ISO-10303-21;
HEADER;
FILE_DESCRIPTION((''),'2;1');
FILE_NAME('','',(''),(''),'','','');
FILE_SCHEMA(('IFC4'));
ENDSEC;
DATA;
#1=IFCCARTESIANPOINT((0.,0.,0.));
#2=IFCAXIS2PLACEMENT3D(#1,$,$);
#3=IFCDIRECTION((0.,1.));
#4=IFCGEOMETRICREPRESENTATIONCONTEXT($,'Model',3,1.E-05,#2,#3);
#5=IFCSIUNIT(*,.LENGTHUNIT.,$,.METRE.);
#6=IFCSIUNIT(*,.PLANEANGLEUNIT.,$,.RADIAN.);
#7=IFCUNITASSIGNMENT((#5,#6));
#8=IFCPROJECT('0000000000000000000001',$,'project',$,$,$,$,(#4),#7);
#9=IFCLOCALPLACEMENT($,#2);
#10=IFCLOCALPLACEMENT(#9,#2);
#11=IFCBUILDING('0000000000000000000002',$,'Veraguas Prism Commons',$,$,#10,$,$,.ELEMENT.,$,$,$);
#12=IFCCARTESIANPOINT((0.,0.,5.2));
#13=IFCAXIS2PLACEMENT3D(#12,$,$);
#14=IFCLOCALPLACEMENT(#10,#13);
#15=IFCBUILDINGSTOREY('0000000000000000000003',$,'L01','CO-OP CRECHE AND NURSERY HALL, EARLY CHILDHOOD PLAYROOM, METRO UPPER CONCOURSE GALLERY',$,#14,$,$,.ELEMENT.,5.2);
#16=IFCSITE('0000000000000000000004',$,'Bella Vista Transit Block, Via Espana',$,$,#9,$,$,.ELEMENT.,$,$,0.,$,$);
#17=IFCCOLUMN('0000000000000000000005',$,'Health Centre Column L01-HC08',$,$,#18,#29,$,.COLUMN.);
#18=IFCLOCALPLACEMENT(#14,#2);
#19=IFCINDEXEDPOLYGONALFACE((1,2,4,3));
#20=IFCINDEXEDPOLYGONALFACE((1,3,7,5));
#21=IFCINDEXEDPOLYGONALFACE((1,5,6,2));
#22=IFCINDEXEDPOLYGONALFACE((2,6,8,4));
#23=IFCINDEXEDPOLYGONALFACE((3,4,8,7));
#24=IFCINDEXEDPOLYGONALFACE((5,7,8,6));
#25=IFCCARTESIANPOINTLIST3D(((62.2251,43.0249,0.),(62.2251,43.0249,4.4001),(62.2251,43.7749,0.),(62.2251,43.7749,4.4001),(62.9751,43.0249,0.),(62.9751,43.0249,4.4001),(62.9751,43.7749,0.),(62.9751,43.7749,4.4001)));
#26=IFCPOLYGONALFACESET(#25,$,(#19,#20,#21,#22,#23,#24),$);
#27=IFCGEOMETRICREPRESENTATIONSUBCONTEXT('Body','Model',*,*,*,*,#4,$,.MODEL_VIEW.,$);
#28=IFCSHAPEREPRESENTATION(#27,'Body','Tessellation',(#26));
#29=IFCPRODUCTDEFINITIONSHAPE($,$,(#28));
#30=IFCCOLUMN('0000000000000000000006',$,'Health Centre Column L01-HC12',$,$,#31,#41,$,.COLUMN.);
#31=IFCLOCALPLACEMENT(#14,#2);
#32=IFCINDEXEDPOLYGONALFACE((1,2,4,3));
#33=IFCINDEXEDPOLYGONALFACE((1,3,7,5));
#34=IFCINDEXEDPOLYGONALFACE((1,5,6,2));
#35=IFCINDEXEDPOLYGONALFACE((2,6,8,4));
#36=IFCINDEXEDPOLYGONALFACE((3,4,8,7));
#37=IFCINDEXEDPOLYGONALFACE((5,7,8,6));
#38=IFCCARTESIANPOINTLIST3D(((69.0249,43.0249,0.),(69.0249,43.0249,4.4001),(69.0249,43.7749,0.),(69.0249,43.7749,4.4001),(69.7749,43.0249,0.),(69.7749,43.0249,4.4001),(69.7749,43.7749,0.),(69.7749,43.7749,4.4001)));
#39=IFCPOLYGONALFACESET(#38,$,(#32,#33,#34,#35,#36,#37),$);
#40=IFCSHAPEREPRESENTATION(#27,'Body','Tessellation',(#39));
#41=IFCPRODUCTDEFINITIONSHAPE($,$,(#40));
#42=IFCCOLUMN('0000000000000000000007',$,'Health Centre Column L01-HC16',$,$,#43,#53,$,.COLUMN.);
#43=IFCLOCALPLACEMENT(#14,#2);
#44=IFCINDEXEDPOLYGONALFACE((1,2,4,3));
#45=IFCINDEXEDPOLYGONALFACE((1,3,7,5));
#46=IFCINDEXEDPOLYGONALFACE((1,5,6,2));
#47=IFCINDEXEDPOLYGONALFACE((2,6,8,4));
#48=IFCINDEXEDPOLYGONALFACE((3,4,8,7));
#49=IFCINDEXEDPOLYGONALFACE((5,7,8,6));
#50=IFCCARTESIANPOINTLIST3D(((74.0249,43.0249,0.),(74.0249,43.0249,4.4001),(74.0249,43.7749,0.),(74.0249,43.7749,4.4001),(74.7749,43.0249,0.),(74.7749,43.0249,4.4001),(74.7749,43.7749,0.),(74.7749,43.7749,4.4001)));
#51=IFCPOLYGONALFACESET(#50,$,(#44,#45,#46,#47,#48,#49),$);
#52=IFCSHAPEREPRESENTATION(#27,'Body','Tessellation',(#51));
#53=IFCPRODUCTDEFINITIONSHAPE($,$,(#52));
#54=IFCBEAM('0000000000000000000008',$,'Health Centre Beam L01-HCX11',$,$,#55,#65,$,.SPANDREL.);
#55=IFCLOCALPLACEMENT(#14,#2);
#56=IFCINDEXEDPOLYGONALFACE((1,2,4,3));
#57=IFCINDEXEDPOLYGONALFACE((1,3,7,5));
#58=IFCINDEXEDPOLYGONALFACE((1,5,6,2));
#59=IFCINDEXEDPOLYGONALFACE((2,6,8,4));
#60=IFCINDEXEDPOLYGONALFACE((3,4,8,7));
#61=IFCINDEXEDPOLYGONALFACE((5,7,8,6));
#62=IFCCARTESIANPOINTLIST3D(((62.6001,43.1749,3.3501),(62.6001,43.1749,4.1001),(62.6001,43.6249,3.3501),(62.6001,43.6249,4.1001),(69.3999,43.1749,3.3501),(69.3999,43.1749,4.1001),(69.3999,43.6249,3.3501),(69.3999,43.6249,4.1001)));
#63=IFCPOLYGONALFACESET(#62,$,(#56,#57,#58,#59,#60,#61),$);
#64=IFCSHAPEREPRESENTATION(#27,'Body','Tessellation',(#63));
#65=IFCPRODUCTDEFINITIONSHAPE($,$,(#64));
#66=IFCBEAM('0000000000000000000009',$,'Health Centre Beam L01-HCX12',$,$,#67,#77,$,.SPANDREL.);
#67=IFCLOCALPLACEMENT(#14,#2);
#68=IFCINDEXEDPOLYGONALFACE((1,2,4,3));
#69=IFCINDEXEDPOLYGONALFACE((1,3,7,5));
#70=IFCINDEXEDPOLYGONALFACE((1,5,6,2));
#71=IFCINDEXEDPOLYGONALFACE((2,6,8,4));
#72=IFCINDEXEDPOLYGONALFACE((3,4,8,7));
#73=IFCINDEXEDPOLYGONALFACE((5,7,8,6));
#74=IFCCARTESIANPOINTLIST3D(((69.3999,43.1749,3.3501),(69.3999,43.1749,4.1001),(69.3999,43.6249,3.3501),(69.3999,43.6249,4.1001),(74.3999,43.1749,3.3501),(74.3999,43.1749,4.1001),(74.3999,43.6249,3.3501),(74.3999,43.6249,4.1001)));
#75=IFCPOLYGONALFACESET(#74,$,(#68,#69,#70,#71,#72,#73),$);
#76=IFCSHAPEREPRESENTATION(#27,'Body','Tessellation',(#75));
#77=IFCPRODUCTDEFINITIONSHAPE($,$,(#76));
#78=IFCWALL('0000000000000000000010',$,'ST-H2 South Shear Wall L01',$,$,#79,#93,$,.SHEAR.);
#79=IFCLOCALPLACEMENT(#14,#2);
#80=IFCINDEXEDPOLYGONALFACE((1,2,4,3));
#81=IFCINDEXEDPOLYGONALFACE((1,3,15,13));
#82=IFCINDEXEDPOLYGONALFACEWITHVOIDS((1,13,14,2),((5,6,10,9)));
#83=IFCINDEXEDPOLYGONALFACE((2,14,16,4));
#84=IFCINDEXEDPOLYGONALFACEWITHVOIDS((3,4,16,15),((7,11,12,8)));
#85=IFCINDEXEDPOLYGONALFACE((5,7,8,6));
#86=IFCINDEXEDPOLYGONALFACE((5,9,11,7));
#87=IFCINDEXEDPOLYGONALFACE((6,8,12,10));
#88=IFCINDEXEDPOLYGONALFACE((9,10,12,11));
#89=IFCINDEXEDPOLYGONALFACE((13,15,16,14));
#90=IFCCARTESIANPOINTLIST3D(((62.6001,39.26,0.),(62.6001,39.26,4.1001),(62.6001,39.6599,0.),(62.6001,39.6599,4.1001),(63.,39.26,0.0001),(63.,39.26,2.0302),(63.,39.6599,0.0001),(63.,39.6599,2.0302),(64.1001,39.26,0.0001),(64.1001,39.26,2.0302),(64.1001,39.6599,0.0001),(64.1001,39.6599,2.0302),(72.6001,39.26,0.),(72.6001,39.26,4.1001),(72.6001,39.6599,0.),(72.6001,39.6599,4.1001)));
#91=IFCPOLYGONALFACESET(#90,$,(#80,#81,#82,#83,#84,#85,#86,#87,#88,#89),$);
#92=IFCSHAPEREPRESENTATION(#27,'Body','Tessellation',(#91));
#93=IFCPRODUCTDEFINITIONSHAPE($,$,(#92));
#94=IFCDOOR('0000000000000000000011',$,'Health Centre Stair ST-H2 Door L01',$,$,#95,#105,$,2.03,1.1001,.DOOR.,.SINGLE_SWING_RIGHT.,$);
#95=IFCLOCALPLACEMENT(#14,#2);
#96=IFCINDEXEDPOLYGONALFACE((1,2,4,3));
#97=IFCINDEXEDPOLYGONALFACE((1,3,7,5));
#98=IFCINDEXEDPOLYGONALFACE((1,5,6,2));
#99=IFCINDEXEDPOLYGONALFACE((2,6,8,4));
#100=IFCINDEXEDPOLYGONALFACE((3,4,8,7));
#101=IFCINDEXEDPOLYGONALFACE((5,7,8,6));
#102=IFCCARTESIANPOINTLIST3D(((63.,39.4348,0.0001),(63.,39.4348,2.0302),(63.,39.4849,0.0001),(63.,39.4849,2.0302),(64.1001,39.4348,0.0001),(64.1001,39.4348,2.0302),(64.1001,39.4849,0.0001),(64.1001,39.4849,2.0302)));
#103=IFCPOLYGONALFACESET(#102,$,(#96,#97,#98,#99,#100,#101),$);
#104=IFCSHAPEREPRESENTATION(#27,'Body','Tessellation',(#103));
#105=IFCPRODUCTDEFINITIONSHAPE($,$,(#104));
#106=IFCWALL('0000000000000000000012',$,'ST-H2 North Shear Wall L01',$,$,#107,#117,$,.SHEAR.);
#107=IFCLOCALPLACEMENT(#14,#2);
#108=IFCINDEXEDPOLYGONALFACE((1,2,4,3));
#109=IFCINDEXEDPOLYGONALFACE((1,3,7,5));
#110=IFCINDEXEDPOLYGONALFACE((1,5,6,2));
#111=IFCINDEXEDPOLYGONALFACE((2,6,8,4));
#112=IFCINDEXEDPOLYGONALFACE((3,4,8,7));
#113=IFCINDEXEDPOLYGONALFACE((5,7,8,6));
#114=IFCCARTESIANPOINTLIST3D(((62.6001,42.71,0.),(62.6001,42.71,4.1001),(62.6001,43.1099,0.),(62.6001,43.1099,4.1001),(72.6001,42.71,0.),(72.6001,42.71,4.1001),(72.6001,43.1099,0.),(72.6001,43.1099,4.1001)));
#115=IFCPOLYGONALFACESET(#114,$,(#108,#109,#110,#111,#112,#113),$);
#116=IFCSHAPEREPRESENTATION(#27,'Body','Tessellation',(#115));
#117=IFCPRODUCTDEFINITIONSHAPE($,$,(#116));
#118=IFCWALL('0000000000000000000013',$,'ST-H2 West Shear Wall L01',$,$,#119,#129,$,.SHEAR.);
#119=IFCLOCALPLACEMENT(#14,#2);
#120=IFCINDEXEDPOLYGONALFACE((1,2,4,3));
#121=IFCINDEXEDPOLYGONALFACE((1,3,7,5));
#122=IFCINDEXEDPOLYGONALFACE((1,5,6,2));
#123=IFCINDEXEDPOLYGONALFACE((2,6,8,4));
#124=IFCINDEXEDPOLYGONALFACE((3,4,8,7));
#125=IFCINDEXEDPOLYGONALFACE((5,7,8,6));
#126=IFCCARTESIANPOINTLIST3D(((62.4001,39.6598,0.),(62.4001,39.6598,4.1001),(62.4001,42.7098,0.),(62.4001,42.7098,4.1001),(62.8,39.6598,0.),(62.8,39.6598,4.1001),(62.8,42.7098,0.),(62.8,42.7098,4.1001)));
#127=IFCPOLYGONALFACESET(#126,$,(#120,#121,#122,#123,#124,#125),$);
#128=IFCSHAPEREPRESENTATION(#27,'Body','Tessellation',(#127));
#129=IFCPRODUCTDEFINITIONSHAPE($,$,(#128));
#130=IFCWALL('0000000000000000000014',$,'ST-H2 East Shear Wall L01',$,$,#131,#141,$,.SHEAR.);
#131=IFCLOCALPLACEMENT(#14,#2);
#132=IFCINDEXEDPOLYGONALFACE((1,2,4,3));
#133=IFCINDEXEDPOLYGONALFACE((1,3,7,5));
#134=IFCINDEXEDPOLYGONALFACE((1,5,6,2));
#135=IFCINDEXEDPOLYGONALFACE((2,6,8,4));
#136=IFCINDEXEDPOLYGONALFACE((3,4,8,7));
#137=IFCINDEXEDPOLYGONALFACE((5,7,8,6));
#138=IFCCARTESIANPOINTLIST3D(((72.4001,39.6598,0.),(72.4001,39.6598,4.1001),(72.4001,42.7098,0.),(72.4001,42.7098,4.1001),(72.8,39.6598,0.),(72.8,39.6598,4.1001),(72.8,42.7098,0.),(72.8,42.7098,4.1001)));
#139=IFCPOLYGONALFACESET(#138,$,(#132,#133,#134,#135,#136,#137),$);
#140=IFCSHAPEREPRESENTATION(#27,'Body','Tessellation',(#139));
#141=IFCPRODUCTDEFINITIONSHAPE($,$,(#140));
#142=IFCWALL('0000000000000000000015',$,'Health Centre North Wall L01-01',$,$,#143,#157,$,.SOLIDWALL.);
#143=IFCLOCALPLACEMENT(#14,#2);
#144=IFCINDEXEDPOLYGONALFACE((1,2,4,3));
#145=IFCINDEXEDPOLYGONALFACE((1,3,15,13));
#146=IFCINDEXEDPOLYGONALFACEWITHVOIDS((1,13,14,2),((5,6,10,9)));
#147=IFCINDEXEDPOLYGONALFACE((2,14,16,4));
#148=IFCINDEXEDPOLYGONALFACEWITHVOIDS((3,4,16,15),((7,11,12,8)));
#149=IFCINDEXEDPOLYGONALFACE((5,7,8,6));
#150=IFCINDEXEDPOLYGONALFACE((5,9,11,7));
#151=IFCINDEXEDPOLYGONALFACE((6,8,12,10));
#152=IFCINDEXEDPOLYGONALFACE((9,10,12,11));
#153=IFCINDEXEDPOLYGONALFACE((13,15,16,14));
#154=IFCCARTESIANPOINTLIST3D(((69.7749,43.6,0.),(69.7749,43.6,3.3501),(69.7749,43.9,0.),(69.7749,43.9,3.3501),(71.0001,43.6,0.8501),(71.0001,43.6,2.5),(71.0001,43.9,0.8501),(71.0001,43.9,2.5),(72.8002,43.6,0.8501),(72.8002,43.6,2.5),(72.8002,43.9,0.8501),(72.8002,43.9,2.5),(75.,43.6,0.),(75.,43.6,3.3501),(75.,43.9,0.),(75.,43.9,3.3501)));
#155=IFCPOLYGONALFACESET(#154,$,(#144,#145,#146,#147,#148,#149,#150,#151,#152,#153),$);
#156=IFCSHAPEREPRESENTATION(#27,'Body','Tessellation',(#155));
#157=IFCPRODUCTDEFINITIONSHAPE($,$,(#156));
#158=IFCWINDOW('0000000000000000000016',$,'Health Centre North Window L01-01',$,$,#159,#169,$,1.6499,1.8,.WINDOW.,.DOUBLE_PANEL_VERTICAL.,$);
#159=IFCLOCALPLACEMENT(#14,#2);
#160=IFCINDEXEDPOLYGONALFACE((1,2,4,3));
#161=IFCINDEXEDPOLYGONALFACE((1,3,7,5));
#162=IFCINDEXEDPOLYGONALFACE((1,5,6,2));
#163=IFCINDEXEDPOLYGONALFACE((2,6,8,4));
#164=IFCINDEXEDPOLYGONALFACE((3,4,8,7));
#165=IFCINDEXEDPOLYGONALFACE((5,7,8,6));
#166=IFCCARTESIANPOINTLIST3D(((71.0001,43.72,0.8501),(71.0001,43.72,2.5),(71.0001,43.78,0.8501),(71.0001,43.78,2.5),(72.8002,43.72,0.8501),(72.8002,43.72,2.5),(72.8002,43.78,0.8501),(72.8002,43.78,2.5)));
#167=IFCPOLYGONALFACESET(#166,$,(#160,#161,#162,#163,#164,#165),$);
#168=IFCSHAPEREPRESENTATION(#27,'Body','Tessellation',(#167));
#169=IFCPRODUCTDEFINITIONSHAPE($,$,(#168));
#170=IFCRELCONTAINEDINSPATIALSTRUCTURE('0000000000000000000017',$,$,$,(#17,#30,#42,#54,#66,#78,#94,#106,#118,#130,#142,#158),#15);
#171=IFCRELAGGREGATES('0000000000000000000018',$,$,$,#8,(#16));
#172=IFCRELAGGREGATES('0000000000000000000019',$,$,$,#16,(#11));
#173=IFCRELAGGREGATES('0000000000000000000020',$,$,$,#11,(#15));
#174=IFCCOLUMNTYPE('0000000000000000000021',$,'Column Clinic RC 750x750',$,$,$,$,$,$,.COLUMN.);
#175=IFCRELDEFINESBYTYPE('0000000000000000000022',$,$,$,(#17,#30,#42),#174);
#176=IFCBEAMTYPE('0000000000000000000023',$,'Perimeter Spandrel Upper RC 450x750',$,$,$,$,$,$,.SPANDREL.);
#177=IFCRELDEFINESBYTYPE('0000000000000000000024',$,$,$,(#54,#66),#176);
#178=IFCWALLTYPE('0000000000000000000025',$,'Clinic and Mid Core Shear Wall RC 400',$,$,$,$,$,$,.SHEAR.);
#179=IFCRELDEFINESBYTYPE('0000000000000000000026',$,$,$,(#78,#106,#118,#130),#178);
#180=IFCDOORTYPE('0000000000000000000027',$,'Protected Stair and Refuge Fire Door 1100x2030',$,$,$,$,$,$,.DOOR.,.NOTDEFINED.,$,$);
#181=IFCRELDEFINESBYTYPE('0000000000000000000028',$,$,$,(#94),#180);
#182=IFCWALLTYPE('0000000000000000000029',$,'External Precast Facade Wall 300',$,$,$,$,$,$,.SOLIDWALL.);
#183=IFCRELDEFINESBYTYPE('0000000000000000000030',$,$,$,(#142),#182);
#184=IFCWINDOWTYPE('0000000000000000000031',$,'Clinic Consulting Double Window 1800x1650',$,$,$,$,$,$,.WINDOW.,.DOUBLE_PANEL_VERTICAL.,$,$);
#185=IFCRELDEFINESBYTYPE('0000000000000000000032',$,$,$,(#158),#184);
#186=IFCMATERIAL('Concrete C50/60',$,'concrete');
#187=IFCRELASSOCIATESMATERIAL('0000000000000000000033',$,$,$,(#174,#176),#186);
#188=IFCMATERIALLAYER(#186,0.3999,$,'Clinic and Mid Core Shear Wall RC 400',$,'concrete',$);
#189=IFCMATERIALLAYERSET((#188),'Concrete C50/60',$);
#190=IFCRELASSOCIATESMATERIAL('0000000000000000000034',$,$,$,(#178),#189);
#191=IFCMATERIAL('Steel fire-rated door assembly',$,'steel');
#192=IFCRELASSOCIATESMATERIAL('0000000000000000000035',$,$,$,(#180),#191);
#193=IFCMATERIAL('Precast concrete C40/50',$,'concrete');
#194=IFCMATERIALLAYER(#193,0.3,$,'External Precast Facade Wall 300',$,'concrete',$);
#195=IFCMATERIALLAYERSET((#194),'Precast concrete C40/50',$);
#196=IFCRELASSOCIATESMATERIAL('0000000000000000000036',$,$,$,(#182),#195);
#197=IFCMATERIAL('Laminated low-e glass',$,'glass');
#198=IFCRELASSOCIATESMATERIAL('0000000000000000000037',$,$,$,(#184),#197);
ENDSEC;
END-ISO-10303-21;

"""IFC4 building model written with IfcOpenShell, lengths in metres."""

from ifc_helpers import new_model, si_unit, direction, frame, frame_2d, origin, origin_2d, place, context, subcontext, project, spatial, rectangle, extrude, source, transform, mapped, material, layer, layer_set, material_profile, profile_set, type_object, element, fill, save


model = new_model("IFC4")

# Units and contexts
model_context = context("Model", 3, precision=1e-05, world=origin(), true_north=direction((0.0, 1.0)))
body_context = subcontext(model_context, "Body", "Model", "MODEL_VIEW")
ifc_project = project(units=[si_unit("LENGTHUNIT", "METRE"), si_unit("PLANEANGLEUNIT", "RADIAN")], contexts=[model_context])

# Site, building, storey
site_placement = place(None, origin())
site = spatial("IfcSite", under=ifc_project, at=site_placement, Name="Bella Vista Transit Block, Via Espana", CompositionType="ELEMENT", RefElevation=0.0)
building_placement = place(site_placement, origin())
building = spatial("IfcBuilding", under=site, at=building_placement, Name="Veraguas Prism Commons", CompositionType="ELEMENT")
storey_placement = place(building_placement, frame((0.0, 0.0, 5.2)))
storey = spatial("IfcBuildingStorey", under=building, at=storey_placement, Name="L01", Description="CO-OP CRECHE AND NURSERY HALL, EARLY CHILDHOOD PLAYROOM, METRO UPPER CONCOURSE GALLERY", CompositionType="ELEMENT", Elevation=5.2)

# Columns
ifc_material_1 = material(Name="Concrete C50/60", Category="concrete")
ifc_material_profile_1 = material_profile(ifc_material_1, rectangle(XDim=0.75, YDim=0.75, at=origin_2d()), Name="RC750X750")
ifc_profile_set_1 = profile_set([ifc_material_profile_1], Name="Concrete C50/60")
column_type = type_object("IfcColumnType", Name="Column Clinic RC 750x750", PredefinedType="COLUMN", material=ifc_profile_set_1)
for number, where, z_axis, x_axis, name in (
    (1, (62.6001, 43.3999, 0.0), (0.0, 0.0, 1.0), (1.0, 0.0, 0.0), "Health Centre Column L01-HC08"),
    (2, (69.3999, 43.3999, 0.0), (0.0, 0.0, 1.0), (1.0, 0.0, 0.0), "Health Centre Column L01-HC12"),
    (3, (74.3999, 43.3999, 0.0), (0.0, 0.0, 1.0), (1.0, 0.0, 0.0), "Health Centre Column L01-HC16"),
):
    element("IfcColumn", number, at=place(storey_placement, frame(where, z_axis=z_axis, x_axis=x_axis)), inside=storey, type_object=column_type, Name=name, PredefinedType="COLUMN", context=body_context, shape_type="SweptSolid", body=[
        extrude(rectangle(XDim=0.75, YDim=0.75, at=origin_2d()), origin(), (0.0, 0.0, 1.0), 4.4001),
    ])

# Beams
ifc_material_profile_2 = material_profile(ifc_material_1, rectangle(XDim=0.45, YDim=0.75, at=origin_2d()), Name="RC450X750")
ifc_profile_set_2 = profile_set([ifc_material_profile_2], Name="Concrete C50/60")
beam_type = type_object("IfcBeamType", Name="Perimeter Spandrel Upper RC 450x750", PredefinedType="SPANDREL", material=ifc_profile_set_2)
beam_1_placement = place(storey_placement, frame((62.6001, 43.3999, 3.7251), z_axis=(1.0, 0.0, 0.0), x_axis=(0.0, 1.0, 0.0)))
element("IfcBeam", 4, at=beam_1_placement, inside=storey, type_object=beam_type, Name="Health Centre Beam L01-HCX11", PredefinedType="SPANDREL", context=body_context, shape_type="SweptSolid", body=[
    extrude(rectangle(XDim=0.45, YDim=0.75, at=origin_2d()), origin(), (0.0, 0.0, 1.0), 6.7998),
])
beam_2_placement = place(storey_placement, frame((69.3999, 43.3999, 3.7251), z_axis=(1.0, 0.0, 0.0), x_axis=(0.0, 1.0, 0.0)))
element("IfcBeam", 5, at=beam_2_placement, inside=storey, type_object=beam_type, Name="Health Centre Beam L01-HCX12", PredefinedType="SPANDREL", context=body_context, shape_type="SweptSolid", body=[
    extrude(rectangle(XDim=0.45, YDim=0.75, at=origin_2d()), origin(), (0.0, 0.0, 1.0), 5.0),
])

# Wall, opening, door
ifc_layer_1 = layer(ifc_material_1, 0.3999, Name="Clinic and Mid Core Shear Wall RC 400", Category="concrete")
ifc_layer_set_1 = layer_set([ifc_layer_1], Name="Concrete C50/60")
wall_type_1 = type_object("IfcWallType", Name="Clinic and Mid Core Shear Wall RC 400", PredefinedType="SHEAR", material=ifc_layer_set_1)
wall_1_placement = place(storey_placement, frame((62.6001, 39.46, 0.0), z_axis=(0.0, 0.0, 1.0), x_axis=(1.0, 0.0, 0.0)))
wall_1 = element("IfcWall", 6, at=wall_1_placement, inside=storey, type_object=wall_type_1, Name="ST-H2 South Shear Wall L01", PredefinedType="SHEAR", context=body_context, shape_type="SweptSolid", body=[
    extrude(rectangle(XDim=10.0, YDim=0.3999, at=frame_2d((5.0, 0.0))), origin(), (0.0, 0.0, 1.0), 4.1001),
])
opening_1_placement = place(wall_1_placement, frame((0.3999, 0.0, 0.0)))
opening_1 = element("IfcOpeningElement", 7, at=opening_1_placement, cuts=wall_1, PredefinedType="OPENING", context=body_context, shape_type="SweptSolid", body=[
    extrude(rectangle(XDim=1.1001, YDim=2.03, at=frame_2d((0.55, 1.0151))), frame((0.0, 0.21, 0.0), z_axis=(0.0, -1.0, 0.0), x_axis=(1.0, 0.0, 0.0)), (0.0, 0.0, 1.0), 0.4199),
])
ifc_material_2 = material(Name="Steel fire-rated door assembly", Category="steel")
door_type = type_object("IfcDoorType", Name="Protected Stair and Refuge Fire Door 1100x2030", OperationType="NOTDEFINED", PredefinedType="DOOR", material=ifc_material_2)
shared_shape_1 = source(origin(), body_context, "Body", "SweptSolid", [
    extrude(rectangle(XDim=1.1001, YDim=2.03, at=frame_2d((0.55, 1.0151))), frame((0.0, 0.0249, 0.0), z_axis=(0.0, -1.0, 0.0), x_axis=(1.0, 0.0, 0.0)), (0.0, 0.0, 1.0), 0.05),
])
door_placement = place(opening_1_placement, origin())
door = element("IfcDoor", 8, at=door_placement, inside=storey, type_object=door_type, Name="Health Centre Stair ST-H2 Door L01", OperationType="SINGLE_SWING_RIGHT", OverallHeight=2.03, OverallWidth=1.1001, PredefinedType="DOOR", context=body_context, shape_type="MappedRepresentation", body=[
    mapped(shared_shape_1, transform((0.0, 0.0, 0.0), scale=1.0)),
])
fill(opening_1, door)

# Walls
wall_2_placement = place(storey_placement, frame((62.6001, 42.9099, 0.0), z_axis=(0.0, 0.0, 1.0), x_axis=(1.0, 0.0, 0.0)))
element("IfcWall", 9, at=wall_2_placement, inside=storey, type_object=wall_type_1, Name="ST-H2 North Shear Wall L01", PredefinedType="SHEAR", context=body_context, shape_type="SweptSolid", body=[
    extrude(rectangle(XDim=10.0, YDim=0.3999, at=frame_2d((5.0, 0.0))), origin(), (0.0, 0.0, 1.0), 4.1001),
])
for number, where, z_axis, x_axis, name in (
    (10, (62.6001, 39.6599, 0.0), (0.0, 0.0, 1.0), (0.0, 1.0, 0.0), "ST-H2 West Shear Wall L01"),
    (11, (72.6001, 39.6599, 0.0), (0.0, 0.0, 1.0), (0.0, 1.0, 0.0), "ST-H2 East Shear Wall L01"),
):
    element("IfcWall", number, at=place(storey_placement, frame(where, z_axis=z_axis, x_axis=x_axis)), inside=storey, type_object=wall_type_1, Name=name, PredefinedType="SHEAR", context=body_context, shape_type="SweptSolid", body=[
        extrude(rectangle(XDim=3.05, YDim=0.3999, at=frame_2d((1.5249, 0.0))), origin(), (0.0, 0.0, 1.0), 4.1001),
    ])

# Wall, opening, window
ifc_material_3 = material(Name="Precast concrete C40/50", Category="concrete")
ifc_layer_2 = layer(ifc_material_3, 0.3, Name="External Precast Facade Wall 300", Category="concrete")
ifc_layer_set_2 = layer_set([ifc_layer_2], Name="Precast concrete C40/50")
wall_type_2 = type_object("IfcWallType", Name="External Precast Facade Wall 300", PredefinedType="SOLIDWALL", material=ifc_layer_set_2)
wall_3_placement = place(storey_placement, frame((75.0, 43.75, 0.0), z_axis=(0.0, 0.0, 1.0), x_axis=(-1.0, 0.0, 0.0)))
wall_3 = element("IfcWall", 12, at=wall_3_placement, inside=storey, type_object=wall_type_2, Name="Health Centre North Wall L01-01", PredefinedType="SOLIDWALL", context=body_context, shape_type="SweptSolid", body=[
    extrude(rectangle(XDim=5.2251, YDim=0.3, at=frame_2d((2.6125, 0.0))), origin(), (0.0, 0.0, 1.0), 3.3501),
])
opening_2_placement = place(wall_3_placement, frame((2.2, 0.0, 0.8501)))
opening_2 = element("IfcOpeningElement", 13, at=opening_2_placement, cuts=wall_3, PredefinedType="OPENING", context=body_context, shape_type="SweptSolid", body=[
    extrude(rectangle(XDim=1.8, YDim=1.6499, at=frame_2d((0.8999, 0.825))), frame((0.0, 0.1599, 0.0), z_axis=(0.0, -1.0, 0.0), x_axis=(1.0, 0.0, 0.0)), (0.0, 0.0, 1.0), 0.3201),
])
ifc_material_4 = material(Name="Laminated low-e glass", Category="glass")
window_type = type_object("IfcWindowType", Name="Clinic Consulting Double Window 1800x1650", PartitioningType="DOUBLE_PANEL_VERTICAL", PredefinedType="WINDOW", material=ifc_material_4)
shared_shape_2 = source(origin(), body_context, "Body", "SweptSolid", [
    extrude(rectangle(XDim=1.8, YDim=1.6499, at=frame_2d((0.8999, 0.825))), frame((0.0, 0.03, 0.0), z_axis=(0.0, -1.0, 0.0), x_axis=(1.0, 0.0, 0.0)), (0.0, 0.0, 1.0), 0.0601),
])
window_1_placement = place(opening_2_placement, origin())
window_1 = element("IfcWindow", 14, at=window_1_placement, inside=storey, type_object=window_type, Name="Health Centre North Window L01-01", OverallHeight=1.6499, OverallWidth=1.8, PartitioningType="DOUBLE_PANEL_VERTICAL", PredefinedType="WINDOW", context=body_context, shape_type="MappedRepresentation", body=[
    mapped(shared_shape_2, transform((0.0, 0.0, 0.0), scale=1.0)),
])
fill(opening_2, window_1)

save(model, "model.ifc")
